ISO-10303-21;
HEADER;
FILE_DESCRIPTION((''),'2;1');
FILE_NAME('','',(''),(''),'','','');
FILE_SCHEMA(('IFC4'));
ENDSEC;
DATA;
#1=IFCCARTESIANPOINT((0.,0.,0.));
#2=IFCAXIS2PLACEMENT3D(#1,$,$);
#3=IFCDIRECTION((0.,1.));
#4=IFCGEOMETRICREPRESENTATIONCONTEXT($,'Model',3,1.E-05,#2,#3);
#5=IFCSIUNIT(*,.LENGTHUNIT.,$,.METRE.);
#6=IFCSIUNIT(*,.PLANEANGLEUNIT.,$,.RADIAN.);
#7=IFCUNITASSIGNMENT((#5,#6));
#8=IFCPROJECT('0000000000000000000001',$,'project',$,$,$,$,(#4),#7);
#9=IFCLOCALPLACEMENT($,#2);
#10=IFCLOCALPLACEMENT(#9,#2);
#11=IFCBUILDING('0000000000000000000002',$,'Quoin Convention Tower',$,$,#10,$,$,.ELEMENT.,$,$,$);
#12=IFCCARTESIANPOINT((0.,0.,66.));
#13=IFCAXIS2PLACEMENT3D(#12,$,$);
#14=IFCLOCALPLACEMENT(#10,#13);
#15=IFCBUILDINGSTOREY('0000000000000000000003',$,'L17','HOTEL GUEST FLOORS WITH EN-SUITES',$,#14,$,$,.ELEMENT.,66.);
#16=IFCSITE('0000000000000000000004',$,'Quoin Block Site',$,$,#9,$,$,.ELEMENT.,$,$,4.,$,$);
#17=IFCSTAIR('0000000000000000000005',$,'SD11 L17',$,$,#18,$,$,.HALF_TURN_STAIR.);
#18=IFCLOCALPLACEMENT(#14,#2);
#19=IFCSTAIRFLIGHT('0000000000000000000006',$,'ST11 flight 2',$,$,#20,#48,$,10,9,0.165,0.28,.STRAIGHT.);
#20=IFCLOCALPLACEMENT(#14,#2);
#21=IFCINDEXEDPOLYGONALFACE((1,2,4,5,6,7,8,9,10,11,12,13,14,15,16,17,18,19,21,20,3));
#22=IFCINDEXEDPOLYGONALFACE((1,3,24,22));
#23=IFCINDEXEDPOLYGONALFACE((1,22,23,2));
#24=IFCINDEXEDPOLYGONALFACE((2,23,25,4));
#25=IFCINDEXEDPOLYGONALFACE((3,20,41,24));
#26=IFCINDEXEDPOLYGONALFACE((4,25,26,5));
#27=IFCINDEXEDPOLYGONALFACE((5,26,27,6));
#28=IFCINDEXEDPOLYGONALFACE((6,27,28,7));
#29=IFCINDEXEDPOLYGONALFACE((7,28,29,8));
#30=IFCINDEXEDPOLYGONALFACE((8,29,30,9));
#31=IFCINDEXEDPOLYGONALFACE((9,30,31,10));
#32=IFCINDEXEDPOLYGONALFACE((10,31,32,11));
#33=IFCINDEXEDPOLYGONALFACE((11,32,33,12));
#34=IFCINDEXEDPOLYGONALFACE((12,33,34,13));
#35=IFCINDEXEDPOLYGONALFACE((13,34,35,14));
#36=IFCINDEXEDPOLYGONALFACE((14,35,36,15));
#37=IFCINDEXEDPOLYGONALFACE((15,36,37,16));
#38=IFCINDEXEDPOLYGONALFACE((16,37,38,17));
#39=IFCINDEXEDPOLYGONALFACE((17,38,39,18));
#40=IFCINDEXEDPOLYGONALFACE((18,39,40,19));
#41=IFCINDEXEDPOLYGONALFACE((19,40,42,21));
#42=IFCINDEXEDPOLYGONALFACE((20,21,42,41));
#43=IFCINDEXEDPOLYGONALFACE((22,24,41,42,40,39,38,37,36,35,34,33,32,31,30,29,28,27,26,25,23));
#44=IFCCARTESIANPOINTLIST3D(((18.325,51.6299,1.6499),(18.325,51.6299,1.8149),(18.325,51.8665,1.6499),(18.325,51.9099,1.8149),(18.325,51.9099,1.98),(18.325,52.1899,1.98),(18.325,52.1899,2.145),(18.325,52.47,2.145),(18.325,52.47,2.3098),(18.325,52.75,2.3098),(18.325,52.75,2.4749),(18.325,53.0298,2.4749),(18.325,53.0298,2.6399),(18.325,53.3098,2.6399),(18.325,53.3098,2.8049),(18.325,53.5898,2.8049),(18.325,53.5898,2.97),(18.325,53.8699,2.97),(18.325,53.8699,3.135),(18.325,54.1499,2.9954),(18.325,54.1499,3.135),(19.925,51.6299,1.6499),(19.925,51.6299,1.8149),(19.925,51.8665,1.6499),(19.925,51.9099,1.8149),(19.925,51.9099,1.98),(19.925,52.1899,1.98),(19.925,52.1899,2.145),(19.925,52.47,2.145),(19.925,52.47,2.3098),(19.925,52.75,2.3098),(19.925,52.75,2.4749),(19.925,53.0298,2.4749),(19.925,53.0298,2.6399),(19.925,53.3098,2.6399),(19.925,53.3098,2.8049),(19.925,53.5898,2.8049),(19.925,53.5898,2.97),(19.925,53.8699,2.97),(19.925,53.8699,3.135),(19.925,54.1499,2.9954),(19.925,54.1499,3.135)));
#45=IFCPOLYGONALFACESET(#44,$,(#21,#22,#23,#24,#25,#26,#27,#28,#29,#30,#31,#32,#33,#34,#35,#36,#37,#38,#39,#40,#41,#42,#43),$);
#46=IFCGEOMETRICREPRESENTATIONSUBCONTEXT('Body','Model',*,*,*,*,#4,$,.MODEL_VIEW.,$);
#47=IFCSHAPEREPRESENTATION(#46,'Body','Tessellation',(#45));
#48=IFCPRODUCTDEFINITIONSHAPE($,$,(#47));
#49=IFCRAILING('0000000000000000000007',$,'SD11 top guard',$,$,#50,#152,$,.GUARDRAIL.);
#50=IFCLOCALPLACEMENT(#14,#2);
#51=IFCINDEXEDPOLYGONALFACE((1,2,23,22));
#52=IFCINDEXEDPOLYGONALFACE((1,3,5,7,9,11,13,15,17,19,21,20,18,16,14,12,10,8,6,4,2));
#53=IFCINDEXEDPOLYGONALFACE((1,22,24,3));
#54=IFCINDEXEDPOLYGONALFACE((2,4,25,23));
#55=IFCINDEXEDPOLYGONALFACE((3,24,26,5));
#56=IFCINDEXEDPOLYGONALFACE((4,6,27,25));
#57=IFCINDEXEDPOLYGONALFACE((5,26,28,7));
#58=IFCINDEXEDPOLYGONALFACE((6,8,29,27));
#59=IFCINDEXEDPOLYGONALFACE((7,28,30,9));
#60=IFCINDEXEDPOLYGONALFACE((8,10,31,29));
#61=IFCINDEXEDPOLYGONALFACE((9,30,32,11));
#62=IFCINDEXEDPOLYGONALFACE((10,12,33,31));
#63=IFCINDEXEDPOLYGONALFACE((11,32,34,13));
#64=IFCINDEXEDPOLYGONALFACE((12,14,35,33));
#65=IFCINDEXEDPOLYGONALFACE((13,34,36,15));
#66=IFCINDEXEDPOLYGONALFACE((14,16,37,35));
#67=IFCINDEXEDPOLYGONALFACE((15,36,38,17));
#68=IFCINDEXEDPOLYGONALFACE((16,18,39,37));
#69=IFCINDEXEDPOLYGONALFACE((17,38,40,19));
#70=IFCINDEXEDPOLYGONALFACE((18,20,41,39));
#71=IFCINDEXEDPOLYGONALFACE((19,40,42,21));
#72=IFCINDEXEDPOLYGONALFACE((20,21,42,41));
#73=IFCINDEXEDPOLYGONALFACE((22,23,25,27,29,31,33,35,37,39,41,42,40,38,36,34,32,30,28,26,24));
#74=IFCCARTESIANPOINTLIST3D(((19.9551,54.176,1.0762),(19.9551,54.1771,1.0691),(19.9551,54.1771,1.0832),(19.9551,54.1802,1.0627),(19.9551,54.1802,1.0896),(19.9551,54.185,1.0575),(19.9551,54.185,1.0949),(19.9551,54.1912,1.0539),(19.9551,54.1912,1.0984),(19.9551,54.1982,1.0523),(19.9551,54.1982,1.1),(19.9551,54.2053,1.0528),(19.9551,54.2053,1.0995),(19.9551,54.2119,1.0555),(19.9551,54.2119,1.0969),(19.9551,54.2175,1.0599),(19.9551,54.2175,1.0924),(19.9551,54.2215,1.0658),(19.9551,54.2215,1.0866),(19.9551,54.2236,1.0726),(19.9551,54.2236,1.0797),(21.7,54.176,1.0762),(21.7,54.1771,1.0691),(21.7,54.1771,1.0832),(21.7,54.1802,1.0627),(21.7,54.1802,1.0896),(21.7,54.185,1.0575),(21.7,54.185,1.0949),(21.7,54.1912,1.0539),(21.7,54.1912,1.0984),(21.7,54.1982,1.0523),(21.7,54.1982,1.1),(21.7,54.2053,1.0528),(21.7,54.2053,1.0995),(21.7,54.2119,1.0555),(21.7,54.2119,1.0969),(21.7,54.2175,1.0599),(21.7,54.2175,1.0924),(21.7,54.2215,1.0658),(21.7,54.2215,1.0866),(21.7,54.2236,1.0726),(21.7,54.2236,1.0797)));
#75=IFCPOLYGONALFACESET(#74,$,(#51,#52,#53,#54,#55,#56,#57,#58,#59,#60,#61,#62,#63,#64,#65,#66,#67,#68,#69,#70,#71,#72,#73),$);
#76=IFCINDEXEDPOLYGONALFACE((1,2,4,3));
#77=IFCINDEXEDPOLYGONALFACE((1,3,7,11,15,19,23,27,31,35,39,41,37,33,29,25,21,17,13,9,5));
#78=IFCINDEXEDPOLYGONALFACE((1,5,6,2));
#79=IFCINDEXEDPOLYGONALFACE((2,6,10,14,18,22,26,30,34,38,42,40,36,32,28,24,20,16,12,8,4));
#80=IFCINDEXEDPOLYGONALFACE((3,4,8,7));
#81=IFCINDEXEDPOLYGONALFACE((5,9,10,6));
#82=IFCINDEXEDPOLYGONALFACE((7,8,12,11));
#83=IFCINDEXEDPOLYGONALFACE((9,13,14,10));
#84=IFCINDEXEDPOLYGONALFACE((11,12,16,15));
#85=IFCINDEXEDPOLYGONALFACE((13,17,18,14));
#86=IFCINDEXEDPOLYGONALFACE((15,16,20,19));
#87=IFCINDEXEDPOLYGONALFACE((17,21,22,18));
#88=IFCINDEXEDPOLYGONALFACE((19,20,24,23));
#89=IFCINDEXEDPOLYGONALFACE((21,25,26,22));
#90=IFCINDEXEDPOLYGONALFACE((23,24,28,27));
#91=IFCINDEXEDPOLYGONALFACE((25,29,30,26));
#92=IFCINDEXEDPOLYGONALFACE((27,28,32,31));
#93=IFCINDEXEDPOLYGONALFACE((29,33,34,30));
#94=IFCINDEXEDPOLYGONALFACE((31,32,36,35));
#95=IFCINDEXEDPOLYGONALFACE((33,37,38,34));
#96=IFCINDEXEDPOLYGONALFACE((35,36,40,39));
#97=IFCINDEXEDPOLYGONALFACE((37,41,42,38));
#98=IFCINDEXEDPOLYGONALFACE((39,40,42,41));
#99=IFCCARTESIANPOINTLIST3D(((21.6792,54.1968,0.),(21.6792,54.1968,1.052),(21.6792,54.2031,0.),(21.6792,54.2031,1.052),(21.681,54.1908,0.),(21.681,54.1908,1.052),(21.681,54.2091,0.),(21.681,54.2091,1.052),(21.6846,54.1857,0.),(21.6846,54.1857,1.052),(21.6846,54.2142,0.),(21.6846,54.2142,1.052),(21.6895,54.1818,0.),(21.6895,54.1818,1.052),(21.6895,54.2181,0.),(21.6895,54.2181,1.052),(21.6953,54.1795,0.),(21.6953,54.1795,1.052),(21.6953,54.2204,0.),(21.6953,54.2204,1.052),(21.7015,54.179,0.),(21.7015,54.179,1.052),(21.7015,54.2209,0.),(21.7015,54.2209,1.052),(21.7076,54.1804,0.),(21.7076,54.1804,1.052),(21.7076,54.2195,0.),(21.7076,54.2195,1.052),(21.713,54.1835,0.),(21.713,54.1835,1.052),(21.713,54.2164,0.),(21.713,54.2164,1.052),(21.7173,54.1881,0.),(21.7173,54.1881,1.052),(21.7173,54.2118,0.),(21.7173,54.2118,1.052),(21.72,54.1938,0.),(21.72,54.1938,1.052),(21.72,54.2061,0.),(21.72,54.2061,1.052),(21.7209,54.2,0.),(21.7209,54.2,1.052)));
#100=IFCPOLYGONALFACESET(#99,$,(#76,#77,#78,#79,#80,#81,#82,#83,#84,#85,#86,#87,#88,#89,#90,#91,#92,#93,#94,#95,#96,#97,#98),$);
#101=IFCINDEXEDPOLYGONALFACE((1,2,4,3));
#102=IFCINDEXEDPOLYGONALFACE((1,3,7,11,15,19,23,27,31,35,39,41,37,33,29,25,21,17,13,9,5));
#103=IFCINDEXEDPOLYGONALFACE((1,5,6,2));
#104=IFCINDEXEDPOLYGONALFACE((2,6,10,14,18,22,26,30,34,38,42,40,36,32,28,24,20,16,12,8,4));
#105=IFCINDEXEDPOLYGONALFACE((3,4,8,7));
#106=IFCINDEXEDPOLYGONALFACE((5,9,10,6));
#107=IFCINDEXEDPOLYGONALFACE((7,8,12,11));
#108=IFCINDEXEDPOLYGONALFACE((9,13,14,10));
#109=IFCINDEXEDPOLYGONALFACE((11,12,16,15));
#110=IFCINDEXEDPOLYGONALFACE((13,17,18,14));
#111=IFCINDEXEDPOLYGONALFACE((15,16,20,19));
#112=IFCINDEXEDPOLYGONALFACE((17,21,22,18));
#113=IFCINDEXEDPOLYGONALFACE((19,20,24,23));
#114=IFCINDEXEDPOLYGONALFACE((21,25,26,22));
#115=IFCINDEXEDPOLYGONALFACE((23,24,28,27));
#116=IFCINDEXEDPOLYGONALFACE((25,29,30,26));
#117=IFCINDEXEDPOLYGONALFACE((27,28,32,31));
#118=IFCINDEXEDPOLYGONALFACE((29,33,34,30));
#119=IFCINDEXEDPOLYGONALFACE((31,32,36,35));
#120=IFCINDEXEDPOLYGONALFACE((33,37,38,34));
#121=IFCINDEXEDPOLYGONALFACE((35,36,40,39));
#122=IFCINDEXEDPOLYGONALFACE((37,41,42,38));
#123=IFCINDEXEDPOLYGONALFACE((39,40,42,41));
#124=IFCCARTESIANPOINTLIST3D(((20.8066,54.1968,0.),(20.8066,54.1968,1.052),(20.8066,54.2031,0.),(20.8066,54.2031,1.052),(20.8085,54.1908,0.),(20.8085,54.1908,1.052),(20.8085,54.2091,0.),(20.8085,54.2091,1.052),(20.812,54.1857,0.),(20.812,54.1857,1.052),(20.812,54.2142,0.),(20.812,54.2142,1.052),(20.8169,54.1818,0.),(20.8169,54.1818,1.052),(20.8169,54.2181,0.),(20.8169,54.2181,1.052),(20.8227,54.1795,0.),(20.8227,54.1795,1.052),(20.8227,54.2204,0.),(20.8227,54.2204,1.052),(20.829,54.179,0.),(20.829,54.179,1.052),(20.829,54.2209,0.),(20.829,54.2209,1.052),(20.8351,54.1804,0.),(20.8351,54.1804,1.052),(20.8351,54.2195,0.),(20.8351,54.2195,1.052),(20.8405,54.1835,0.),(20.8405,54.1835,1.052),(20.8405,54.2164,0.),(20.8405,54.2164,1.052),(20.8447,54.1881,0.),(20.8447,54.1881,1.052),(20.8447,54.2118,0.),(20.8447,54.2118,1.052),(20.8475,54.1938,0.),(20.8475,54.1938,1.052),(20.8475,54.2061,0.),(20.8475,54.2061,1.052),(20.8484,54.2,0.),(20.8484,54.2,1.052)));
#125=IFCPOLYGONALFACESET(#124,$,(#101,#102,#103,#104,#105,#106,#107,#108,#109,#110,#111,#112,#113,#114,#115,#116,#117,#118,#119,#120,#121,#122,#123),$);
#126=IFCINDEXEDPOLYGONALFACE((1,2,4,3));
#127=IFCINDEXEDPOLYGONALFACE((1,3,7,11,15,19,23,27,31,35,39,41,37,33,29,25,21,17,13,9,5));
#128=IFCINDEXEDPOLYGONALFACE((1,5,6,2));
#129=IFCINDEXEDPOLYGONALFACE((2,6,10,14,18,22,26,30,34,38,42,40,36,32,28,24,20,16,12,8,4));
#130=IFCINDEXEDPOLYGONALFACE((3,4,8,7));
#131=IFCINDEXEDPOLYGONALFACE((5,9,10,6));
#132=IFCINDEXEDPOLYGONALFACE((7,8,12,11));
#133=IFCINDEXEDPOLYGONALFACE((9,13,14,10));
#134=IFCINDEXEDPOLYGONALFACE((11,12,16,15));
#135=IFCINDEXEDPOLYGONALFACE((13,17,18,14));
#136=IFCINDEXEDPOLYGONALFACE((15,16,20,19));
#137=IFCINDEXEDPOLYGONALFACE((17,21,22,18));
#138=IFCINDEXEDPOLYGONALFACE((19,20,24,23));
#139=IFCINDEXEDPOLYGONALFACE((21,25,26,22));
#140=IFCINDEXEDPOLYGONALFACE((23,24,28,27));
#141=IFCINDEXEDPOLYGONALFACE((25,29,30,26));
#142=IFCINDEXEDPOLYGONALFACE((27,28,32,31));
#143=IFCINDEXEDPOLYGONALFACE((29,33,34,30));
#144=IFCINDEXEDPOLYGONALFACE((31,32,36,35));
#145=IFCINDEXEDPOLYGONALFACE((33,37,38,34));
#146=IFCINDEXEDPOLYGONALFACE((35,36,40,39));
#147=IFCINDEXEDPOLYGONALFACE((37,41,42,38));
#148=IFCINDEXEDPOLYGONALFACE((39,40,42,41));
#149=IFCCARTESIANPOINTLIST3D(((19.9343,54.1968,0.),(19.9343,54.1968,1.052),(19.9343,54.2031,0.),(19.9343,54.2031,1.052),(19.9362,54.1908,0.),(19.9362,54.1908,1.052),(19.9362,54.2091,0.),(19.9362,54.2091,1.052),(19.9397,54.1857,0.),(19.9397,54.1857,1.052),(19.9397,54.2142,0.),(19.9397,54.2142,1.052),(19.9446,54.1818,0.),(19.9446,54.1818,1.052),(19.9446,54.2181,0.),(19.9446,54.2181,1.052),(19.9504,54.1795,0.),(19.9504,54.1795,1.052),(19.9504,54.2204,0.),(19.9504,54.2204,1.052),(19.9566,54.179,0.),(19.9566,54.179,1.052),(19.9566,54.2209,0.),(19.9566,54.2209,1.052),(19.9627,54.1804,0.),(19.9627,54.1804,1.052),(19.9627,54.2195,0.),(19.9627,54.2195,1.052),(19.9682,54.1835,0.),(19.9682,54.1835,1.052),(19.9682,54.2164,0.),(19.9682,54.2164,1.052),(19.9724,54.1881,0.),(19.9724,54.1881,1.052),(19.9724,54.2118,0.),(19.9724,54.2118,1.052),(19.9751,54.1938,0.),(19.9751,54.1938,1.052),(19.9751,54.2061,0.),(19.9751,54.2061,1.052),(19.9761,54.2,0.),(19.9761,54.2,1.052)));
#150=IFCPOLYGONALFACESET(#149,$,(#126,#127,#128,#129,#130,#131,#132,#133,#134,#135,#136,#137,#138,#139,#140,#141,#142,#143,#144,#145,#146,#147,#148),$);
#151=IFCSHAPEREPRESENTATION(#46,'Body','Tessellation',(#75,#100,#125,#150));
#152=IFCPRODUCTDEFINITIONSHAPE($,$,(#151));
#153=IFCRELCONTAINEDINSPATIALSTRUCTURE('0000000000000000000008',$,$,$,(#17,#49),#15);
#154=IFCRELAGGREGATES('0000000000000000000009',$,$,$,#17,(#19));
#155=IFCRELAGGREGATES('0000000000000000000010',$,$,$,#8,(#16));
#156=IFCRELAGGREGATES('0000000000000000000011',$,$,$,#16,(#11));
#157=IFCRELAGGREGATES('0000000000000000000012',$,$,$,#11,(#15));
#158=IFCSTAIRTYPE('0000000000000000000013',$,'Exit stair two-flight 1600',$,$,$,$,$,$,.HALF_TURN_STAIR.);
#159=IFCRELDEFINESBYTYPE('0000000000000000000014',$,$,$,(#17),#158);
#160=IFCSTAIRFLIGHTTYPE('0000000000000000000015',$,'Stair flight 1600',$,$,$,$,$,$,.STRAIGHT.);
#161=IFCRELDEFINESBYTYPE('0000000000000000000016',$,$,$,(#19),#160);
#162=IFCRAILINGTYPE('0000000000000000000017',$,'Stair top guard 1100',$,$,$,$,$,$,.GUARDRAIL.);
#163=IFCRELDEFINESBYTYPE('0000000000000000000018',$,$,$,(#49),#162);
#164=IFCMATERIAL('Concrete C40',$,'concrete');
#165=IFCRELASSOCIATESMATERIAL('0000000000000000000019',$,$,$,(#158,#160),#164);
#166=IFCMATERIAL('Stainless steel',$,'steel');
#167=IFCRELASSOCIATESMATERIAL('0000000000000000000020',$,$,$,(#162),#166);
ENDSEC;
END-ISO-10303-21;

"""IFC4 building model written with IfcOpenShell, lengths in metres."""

from ifc_helpers import new_model, si_unit, direction, frame, origin, origin_2d, place, context, subcontext, project, spatial, polyline, circle, outline, extrude, material, type_object, element, aggregate, save


model = new_model("IFC4")

# Units and contexts
model_context = context("Model", 3, precision=1e-05, world=origin(), true_north=direction((0.0, 1.0)))
body_context = subcontext(model_context, "Body", "Model", "MODEL_VIEW")
ifc_project = project(units=[si_unit("LENGTHUNIT", "METRE"), si_unit("PLANEANGLEUNIT", "RADIAN")], contexts=[model_context])

# Site, building, storey
site_placement = place(None, origin())
site = spatial("IfcSite", under=ifc_project, at=site_placement, Name="Quoin Block Site", CompositionType="ELEMENT", RefElevation=4.0)
building_placement = place(site_placement, origin())
building = spatial("IfcBuilding", under=site, at=building_placement, Name="Quoin Convention Tower", CompositionType="ELEMENT")
storey_placement = place(building_placement, frame((0.0, 0.0, 66.0)))
storey = spatial("IfcBuildingStorey", under=building, at=storey_placement, Name="L17", Description="HOTEL GUEST FLOORS WITH EN-SUITES", CompositionType="ELEMENT", Elevation=66.0)

# Stair, stair flight
ifc_material_1 = material(Name="Concrete C40", Category="concrete")
stair_type = type_object("IfcStairType", Name="Exit stair two-flight 1600", PredefinedType="HALF_TURN_STAIR", material=ifc_material_1)
stair_placement = place(storey_placement, origin())
stair = element("IfcStair", 1, at=stair_placement, inside=storey, type_object=stair_type, Name="SD11 L17", PredefinedType="HALF_TURN_STAIR")
stair_flight_type = type_object("IfcStairFlightType", Name="Stair flight 1600", PredefinedType="STRAIGHT", material=ifc_material_1)
stair_flight_1_placement = place(storey_placement, frame((19.125, 51.6299, 1.6499), z_axis=(0.0, 0.0, 1.0), x_axis=(0.0, 1.0, 0.0)))
stair_flight_1 = element("IfcStairFlight", 2, at=stair_flight_1_placement, type_object=stair_flight_type, Name="ST11 flight 2", NumberOfRisers=10, NumberOfTreads=9, PredefinedType="STRAIGHT", RiserHeight=0.165, TreadLength=0.28, context=body_context, shape_type="SweptSolid", body=[
    extrude(outline(polyline([(0.0, 0.0), (0.0, 0.165), (0.28, 0.165), (0.28, 0.3301), (0.5601, 0.3301), (0.5601, 0.4951), (0.8401, 0.4951), (0.8401, 0.6599), (1.1201, 0.6599), (1.1201, 0.825), (1.3999, 0.825), (1.3999, 0.99), (1.6799, 0.99), (1.6799, 1.155), (1.96, 1.155), (1.96, 1.3201), (2.24, 1.3201), (2.24, 1.4851), (2.52, 1.4851), (2.52, 1.6499), (2.52, 1.3455), (0.2366, 0.0), (0.0, 0.0)])), frame((0.0, 0.8, 0.0), z_axis=(0.0, -1.0, 0.0), x_axis=(1.0, 0.0, 0.0)), (0.0, 0.0, 1.0), 1.6001),
])
aggregate(stair, [stair_flight_1])

# Railing
ifc_material_2 = material(Name="Stainless steel", Category="steel")
railing_type_1 = type_object("IfcRailingType", Name="Stair top guard 1100", PredefinedType="GUARDRAIL", material=ifc_material_2)
railing_1_placement = place(storey_placement, frame((21.7, 54.2, 0.0)))
element("IfcRailing", 3, at=railing_1_placement, inside=storey, type_object=railing_type_1, Name="SD11 top guard", PredefinedType="GUARDRAIL", context=body_context, shape_type="SweptSolid", body=[
    extrude(circle(Radius=0.0239, at=origin_2d()), frame((0.0, 0.0, 1.0762), z_axis=(-1.0, 0.0, 0.0), x_axis=(0.0, -1.0, 0.0)), (0.0, 0.0, 1.0), 1.7449),
    extrude(circle(Radius=0.021, at=origin_2d()), origin(), (0.0, 0.0, 1.0), 1.052),
    extrude(circle(Radius=0.021, at=origin_2d()), frame((-0.8726, 0.0, 0.0)), (0.0, 0.0, 1.0), 1.052),
    extrude(circle(Radius=0.021, at=origin_2d()), frame((-1.7449, 0.0, 0.0)), (0.0, 0.0, 1.0), 1.052),
])

save(model, "model.ifc")
